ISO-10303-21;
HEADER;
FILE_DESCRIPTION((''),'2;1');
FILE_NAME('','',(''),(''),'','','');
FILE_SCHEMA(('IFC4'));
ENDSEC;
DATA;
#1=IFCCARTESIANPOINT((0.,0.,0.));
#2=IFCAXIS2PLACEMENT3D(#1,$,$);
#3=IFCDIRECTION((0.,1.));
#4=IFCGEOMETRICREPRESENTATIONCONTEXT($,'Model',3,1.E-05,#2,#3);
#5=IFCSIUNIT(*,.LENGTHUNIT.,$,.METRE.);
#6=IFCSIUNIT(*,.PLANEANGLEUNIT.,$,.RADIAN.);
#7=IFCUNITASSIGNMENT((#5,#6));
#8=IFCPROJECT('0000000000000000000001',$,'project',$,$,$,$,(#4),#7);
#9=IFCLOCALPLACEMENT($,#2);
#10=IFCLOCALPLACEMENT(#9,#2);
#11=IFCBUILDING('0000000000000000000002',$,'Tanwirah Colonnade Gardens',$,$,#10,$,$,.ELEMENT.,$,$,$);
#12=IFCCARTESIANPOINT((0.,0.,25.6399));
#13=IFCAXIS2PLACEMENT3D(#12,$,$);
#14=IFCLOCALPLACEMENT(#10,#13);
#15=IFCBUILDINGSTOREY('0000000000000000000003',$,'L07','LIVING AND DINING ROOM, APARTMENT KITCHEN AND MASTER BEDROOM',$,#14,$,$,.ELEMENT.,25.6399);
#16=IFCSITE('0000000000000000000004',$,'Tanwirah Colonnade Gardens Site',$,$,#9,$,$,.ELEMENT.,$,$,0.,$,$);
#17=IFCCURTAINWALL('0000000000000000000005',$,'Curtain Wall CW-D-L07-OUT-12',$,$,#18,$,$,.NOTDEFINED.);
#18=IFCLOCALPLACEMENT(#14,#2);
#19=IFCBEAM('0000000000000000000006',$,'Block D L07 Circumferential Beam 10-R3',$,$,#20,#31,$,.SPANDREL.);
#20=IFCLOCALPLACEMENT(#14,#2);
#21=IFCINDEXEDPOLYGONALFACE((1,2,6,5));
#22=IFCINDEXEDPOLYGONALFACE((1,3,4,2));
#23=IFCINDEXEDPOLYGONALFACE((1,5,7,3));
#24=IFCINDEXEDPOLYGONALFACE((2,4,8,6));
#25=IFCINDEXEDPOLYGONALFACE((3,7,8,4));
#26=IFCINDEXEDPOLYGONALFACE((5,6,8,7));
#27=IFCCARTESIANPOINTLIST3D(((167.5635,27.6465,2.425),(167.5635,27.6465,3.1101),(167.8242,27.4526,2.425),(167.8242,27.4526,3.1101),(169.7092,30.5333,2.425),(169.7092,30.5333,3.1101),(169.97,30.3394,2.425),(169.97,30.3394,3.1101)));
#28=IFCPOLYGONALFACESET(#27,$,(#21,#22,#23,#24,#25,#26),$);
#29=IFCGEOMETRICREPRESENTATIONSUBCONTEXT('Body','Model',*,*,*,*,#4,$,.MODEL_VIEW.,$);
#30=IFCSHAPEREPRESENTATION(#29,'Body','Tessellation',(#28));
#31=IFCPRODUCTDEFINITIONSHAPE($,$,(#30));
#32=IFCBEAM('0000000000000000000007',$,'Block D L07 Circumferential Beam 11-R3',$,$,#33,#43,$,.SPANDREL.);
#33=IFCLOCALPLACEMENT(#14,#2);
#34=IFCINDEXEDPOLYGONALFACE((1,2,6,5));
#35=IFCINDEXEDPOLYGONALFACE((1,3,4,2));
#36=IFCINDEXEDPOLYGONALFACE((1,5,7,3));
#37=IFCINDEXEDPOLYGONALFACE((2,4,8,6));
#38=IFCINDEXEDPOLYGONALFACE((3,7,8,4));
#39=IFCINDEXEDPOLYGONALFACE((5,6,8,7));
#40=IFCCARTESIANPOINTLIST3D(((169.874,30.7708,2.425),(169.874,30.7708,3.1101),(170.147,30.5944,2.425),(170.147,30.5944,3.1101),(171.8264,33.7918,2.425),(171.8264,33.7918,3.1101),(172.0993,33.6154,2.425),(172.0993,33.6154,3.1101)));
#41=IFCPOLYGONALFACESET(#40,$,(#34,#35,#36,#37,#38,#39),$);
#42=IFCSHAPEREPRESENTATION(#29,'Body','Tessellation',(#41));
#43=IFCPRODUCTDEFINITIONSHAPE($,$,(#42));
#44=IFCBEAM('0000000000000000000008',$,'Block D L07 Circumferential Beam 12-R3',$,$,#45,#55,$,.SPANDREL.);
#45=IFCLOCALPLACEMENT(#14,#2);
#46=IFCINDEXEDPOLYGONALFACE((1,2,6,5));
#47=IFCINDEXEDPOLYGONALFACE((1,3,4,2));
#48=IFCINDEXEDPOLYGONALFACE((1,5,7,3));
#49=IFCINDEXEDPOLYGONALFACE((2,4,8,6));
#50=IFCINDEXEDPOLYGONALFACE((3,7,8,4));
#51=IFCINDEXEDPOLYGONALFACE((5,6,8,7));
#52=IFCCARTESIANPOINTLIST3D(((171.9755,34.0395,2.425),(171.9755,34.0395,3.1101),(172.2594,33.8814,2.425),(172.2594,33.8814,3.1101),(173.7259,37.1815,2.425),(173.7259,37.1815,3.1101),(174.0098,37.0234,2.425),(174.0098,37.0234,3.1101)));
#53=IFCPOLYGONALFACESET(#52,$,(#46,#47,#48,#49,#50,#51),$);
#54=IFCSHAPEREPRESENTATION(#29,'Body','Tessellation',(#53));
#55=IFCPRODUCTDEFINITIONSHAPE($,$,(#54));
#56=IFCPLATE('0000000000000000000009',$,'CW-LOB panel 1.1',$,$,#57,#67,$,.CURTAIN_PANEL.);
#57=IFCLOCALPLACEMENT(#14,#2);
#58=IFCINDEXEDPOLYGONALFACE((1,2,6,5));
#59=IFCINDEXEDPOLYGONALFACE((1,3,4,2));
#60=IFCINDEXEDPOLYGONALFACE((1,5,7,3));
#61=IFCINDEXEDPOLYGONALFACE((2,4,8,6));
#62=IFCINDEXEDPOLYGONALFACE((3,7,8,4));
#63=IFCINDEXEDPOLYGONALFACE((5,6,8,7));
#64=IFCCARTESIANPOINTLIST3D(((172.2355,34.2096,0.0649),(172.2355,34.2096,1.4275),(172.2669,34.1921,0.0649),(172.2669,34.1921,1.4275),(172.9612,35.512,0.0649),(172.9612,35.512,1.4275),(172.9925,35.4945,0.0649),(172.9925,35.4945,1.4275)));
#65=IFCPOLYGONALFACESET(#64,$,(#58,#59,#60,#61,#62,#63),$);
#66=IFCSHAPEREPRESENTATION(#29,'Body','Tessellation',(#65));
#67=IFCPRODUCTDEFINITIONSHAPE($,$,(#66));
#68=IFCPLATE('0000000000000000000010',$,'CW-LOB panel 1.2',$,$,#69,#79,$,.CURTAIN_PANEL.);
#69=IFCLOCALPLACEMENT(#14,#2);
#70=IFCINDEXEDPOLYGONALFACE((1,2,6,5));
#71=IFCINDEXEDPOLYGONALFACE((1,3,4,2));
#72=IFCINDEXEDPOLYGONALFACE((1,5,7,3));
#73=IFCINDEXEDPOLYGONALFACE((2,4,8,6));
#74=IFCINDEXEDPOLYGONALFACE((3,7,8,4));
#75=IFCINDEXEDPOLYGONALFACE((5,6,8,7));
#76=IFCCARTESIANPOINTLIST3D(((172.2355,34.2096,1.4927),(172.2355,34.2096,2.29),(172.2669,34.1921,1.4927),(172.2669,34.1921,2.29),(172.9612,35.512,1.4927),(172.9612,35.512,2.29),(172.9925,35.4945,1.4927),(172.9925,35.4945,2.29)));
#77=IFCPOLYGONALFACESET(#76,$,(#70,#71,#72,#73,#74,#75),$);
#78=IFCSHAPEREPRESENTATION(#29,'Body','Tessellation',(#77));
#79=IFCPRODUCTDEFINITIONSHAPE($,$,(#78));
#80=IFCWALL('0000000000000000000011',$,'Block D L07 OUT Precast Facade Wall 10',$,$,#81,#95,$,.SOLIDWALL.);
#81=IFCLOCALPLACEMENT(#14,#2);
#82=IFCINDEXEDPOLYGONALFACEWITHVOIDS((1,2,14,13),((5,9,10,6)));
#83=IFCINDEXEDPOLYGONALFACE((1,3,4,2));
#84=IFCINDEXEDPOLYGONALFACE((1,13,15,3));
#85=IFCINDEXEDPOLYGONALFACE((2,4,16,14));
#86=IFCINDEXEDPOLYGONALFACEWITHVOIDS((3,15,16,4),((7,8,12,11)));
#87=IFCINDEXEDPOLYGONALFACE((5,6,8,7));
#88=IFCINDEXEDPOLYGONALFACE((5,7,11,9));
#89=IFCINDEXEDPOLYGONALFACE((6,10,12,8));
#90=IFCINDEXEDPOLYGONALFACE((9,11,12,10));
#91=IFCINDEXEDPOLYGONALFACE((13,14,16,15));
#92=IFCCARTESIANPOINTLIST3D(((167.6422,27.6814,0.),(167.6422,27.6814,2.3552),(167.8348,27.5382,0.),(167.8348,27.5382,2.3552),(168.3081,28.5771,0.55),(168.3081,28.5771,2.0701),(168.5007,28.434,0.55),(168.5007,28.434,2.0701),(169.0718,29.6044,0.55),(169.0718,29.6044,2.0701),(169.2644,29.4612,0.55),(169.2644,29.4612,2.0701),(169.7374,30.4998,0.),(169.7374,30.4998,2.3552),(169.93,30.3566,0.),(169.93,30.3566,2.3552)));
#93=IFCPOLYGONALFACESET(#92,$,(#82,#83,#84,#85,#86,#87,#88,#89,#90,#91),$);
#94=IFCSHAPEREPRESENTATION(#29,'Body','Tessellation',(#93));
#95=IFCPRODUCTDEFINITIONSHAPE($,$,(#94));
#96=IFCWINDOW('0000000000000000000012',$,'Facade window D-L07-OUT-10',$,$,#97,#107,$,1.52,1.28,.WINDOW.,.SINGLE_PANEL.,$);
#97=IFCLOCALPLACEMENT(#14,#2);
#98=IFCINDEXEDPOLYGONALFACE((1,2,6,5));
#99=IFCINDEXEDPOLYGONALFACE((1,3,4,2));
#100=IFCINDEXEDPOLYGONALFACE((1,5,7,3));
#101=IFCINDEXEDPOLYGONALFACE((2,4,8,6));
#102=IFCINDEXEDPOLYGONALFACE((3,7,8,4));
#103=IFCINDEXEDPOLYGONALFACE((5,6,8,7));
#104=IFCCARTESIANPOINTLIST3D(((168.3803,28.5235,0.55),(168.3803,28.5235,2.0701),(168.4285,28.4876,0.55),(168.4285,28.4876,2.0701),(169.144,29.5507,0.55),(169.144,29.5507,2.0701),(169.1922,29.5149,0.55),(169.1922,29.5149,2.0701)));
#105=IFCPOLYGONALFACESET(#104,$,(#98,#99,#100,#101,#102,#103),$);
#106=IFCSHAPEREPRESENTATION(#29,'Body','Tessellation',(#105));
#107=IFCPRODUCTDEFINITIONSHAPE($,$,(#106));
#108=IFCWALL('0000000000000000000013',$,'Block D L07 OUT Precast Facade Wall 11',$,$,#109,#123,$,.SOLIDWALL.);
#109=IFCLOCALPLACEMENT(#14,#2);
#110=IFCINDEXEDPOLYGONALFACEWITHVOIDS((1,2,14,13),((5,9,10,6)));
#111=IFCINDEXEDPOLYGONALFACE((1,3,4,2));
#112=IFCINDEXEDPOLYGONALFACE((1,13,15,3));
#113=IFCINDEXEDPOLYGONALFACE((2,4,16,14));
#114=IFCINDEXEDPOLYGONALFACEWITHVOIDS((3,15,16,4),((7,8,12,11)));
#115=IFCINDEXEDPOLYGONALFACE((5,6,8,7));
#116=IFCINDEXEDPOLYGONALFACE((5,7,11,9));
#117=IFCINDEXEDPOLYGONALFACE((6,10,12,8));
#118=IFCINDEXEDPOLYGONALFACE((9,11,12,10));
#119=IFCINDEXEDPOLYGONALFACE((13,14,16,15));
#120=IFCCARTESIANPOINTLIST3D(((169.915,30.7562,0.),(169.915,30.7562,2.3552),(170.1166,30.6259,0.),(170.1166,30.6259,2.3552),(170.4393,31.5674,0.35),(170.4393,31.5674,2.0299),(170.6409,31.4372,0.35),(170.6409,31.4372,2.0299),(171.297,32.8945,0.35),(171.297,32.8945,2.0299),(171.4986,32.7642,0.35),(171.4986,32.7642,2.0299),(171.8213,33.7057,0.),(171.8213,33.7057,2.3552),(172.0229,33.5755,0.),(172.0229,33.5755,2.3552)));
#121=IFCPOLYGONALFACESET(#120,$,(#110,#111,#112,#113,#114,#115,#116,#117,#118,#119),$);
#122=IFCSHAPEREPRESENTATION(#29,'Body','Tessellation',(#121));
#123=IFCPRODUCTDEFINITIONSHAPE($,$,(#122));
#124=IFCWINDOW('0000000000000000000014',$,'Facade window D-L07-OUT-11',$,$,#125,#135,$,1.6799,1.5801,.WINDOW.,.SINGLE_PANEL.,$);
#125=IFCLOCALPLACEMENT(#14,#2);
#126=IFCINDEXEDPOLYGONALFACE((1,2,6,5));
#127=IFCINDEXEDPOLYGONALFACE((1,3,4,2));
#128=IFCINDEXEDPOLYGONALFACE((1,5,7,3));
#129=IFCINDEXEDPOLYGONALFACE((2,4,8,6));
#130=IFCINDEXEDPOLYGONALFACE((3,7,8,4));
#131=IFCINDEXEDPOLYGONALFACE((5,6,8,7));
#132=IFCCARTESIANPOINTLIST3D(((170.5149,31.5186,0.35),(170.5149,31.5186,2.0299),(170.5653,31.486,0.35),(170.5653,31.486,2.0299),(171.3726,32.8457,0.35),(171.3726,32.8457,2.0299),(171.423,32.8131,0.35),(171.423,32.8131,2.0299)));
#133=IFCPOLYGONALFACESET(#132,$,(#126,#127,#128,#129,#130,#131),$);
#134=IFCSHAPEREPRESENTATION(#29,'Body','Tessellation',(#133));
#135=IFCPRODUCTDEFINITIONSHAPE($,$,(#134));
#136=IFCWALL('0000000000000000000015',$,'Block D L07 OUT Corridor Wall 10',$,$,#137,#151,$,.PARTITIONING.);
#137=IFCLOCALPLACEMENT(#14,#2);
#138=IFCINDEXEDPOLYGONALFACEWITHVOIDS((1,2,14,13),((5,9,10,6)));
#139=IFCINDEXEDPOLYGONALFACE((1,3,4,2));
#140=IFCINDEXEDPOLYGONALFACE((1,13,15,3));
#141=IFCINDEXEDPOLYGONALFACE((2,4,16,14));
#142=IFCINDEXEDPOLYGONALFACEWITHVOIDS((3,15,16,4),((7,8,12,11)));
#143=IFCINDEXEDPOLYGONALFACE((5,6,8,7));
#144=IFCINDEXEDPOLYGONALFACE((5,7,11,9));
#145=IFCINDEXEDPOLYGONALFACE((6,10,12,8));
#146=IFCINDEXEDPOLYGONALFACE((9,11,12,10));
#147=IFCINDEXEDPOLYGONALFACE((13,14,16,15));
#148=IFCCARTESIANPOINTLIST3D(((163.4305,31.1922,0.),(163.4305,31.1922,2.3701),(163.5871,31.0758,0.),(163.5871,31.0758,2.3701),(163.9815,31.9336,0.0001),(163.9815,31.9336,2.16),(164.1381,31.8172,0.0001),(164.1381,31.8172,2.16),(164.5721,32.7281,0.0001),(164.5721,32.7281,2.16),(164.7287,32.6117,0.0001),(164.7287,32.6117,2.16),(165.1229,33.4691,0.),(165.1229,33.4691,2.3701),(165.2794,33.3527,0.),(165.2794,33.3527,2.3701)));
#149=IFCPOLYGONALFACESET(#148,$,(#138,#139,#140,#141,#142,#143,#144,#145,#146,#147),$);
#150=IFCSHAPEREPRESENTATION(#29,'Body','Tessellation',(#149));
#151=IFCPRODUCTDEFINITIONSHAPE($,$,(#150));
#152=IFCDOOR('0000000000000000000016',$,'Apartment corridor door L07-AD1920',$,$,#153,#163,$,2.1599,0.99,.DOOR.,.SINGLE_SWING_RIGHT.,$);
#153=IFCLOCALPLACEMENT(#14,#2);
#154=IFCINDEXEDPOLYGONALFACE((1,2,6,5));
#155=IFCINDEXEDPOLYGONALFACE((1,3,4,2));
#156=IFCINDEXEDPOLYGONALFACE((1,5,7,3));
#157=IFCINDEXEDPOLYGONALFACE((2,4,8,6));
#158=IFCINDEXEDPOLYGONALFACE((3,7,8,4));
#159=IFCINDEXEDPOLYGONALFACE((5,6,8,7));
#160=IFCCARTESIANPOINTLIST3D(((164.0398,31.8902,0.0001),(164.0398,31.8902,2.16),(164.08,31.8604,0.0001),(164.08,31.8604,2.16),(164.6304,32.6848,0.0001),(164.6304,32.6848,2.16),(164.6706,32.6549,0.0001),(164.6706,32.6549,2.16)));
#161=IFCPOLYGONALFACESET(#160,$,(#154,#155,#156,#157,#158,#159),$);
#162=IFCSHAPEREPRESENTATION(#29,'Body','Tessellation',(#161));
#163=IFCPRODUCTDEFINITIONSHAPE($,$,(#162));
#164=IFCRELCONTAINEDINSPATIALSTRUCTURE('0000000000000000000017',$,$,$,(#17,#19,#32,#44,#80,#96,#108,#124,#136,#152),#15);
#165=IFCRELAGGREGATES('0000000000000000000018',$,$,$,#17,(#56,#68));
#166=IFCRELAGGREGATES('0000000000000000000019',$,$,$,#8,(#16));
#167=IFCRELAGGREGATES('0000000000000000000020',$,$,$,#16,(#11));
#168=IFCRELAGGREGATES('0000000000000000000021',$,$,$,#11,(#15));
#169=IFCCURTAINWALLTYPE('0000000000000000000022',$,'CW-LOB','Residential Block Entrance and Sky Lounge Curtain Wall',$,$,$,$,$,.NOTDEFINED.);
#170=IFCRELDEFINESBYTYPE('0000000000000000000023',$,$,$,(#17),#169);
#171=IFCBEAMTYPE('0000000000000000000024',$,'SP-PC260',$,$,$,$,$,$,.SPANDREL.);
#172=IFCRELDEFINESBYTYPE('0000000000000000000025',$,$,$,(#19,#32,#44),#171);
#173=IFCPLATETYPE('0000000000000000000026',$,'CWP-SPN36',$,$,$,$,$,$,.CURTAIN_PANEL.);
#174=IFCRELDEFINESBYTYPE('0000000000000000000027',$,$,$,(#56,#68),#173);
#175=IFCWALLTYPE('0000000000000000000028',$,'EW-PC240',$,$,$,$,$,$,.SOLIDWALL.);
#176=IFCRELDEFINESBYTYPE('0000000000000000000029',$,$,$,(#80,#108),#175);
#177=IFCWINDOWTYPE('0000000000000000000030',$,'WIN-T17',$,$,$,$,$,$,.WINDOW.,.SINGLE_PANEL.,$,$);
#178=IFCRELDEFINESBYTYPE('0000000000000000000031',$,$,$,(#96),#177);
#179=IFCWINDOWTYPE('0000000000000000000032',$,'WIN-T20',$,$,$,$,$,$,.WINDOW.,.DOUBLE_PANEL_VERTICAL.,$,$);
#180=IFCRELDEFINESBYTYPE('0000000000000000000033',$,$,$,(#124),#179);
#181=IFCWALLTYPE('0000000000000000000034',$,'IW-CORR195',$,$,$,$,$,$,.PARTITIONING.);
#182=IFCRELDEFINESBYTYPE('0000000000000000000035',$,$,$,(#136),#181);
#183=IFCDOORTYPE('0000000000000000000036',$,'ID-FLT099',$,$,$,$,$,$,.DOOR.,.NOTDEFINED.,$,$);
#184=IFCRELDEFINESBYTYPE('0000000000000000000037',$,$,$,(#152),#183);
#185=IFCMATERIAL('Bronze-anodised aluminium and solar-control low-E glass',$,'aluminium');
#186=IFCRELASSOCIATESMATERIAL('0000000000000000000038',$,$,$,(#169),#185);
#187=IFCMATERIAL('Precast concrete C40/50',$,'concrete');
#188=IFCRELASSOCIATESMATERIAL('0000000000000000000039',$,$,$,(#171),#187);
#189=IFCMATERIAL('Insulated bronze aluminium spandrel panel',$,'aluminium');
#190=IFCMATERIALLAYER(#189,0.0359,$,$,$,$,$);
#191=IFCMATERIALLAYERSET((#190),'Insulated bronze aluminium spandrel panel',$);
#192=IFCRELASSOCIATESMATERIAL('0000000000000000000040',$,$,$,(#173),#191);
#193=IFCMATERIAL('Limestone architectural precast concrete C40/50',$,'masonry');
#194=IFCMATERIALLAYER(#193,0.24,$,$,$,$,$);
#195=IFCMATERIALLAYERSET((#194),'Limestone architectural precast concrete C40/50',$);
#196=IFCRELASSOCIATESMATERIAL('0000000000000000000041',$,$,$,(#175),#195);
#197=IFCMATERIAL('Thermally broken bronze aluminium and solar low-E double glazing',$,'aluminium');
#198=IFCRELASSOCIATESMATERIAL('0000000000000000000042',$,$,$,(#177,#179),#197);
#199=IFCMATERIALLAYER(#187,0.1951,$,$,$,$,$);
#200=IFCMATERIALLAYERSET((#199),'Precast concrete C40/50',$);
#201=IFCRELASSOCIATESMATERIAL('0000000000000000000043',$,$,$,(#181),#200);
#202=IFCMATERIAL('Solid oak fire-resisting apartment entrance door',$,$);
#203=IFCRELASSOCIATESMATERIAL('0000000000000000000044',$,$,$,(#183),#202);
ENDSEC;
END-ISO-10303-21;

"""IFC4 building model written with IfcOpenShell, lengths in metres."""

from ifc_helpers import new_model, si_unit, direction, frame, frame_2d, origin, origin_2d, place, context, subcontext, project, spatial, rectangle, extrude, material, layer, layer_set, material_profile, profile_set, type_object, element, fill, aggregate, save


model = new_model("IFC4")

# Units and contexts
model_context = context("Model", 3, precision=1e-05, world=origin(), true_north=direction((0.0, 1.0)))
body_context = subcontext(model_context, "Body", "Model", "MODEL_VIEW")
ifc_project = project(units=[si_unit("LENGTHUNIT", "METRE"), si_unit("PLANEANGLEUNIT", "RADIAN")], contexts=[model_context])

# Site, building, storey
site_placement = place(None, origin())
site = spatial("IfcSite", under=ifc_project, at=site_placement, Name="Tanwirah Colonnade Gardens Site", CompositionType="ELEMENT", RefElevation=0.0)
building_placement = place(site_placement, origin())
building = spatial("IfcBuilding", under=site, at=building_placement, Name="Tanwirah Colonnade Gardens", CompositionType="ELEMENT")
storey_placement = place(building_placement, frame((0.0, 0.0, 25.6399)))
storey = spatial("IfcBuildingStorey", under=building, at=storey_placement, Name="L07", Description="LIVING AND DINING ROOM, APARTMENT KITCHEN AND MASTER BEDROOM", CompositionType="ELEMENT", Elevation=25.6399)

# Shared definitions
ifc_material_1 = material(Name="Precast concrete C40/50", Category="concrete")

# Curtain wall
ifc_material_2 = material(Name="Bronze-anodised aluminium and solar-control low-E glass", Category="aluminium")
curtain_wall_type = type_object("IfcCurtainWallType", Name="CW-LOB", Description="Residential Block Entrance and Sky Lounge Curtain Wall", PredefinedType="NOTDEFINED", material=ifc_material_2)
curtain_wall_placement = place(storey_placement, origin())
curtain_wall = element("IfcCurtainWall", 1, at=curtain_wall_placement, inside=storey, type_object=curtain_wall_type, Name="Curtain Wall CW-D-L07-OUT-12", PredefinedType="NOTDEFINED")

# Beams
ifc_material_profile_1 = material_profile(ifc_material_1, rectangle(XDim=0.325, YDim=0.6851, at=origin_2d()), Name="PC-SP 325x685")
ifc_profile_set_1 = profile_set([ifc_material_profile_1], Name="Precast concrete C40/50")
beam_type_1 = type_object("IfcBeamType", Name="SP-PC260", PredefinedType="SPANDREL", material=ifc_profile_set_1)
for number, where, z_axis, x_axis, name in (
    (2, (167.6938, 27.5496, 2.7676), (0.596563, 0.802566, 0.0), (-0.802566, 0.596563, 0.0), "Block D L07 Circumferential Beam 10-R3"),
    (3, (170.0105, 30.6826, 2.7676), (0.542787, 0.83987, 0.0), (-0.83987, 0.542787, 0.0), "Block D L07 Circumferential Beam 11-R3"),
):
    element("IfcBeam", number, at=place(storey_placement, frame(where, z_axis=z_axis, x_axis=x_axis)), inside=storey, type_object=beam_type_1, Name=name, PredefinedType="SPANDREL", context=body_context, shape_type="SweptSolid", body=[
        extrude(rectangle(XDim=0.325, YDim=0.6851, at=origin_2d()), origin(), (0.0, 0.0, 1.0), 3.5969),
    ])
beam_1_placement = place(storey_placement, frame((172.1174, 33.9604, 2.7676), z_axis=(0.48668, 0.87358, 0.0), x_axis=(-0.87358, 0.48668, 0.0)))
element("IfcBeam", 4, at=beam_1_placement, inside=storey, type_object=beam_type_1, Name="Block D L07 Circumferential Beam 12-R3", PredefinedType="SPANDREL", context=body_context, shape_type="SweptSolid", body=[
    extrude(rectangle(XDim=0.325, YDim=0.6851, at=origin_2d()), origin(), (0.0, 0.0, 1.0), 3.5967),
])

# Plates
ifc_material_3 = material(Name="Insulated bronze aluminium spandrel panel", Category="aluminium")
ifc_layer_1 = layer(ifc_material_3, 0.0359)
ifc_layer_set_1 = layer_set([ifc_layer_1], Name="Insulated bronze aluminium spandrel panel")
plate_type = type_object("IfcPlateType", Name="CWP-SPN36", PredefinedType="CURTAIN_PANEL", material=ifc_layer_set_1)
plate_1_placement = place(storey_placement, frame((172.614, 34.8521, 0.0649), z_axis=(0.0, 0.0, 1.0), x_axis=(0.486715, 0.873561, 0.0)))
plate_1 = element("IfcPlate", 5, at=plate_1_placement, type_object=plate_type, Name="CW-LOB panel 1.1", PredefinedType="CURTAIN_PANEL", context=body_context, shape_type="SweptSolid", body=[
    extrude(rectangle(XDim=1.491, YDim=0.0359, at=origin_2d()), origin(), (0.0, 0.0, 1.0), 1.3625),
])
plate_2_placement = place(storey_placement, frame((172.614, 34.8521, 1.4927), z_axis=(0.0, 0.0, 1.0), x_axis=(0.486715, 0.873561, 0.0)))
plate_2 = element("IfcPlate", 6, at=plate_2_placement, type_object=plate_type, Name="CW-LOB panel 1.2", PredefinedType="CURTAIN_PANEL", context=body_context, shape_type="SweptSolid", body=[
    extrude(rectangle(XDim=1.491, YDim=0.0359, at=origin_2d()), origin(), (0.0, 0.0, 1.0), 0.7974),
])
aggregate(curtain_wall, [plate_1, plate_2])

# Walls, openings, windows
ifc_material_4 = material(Name="Limestone architectural precast concrete C40/50", Category="masonry")
ifc_layer_2 = layer(ifc_material_4, 0.24)
ifc_layer_set_2 = layer_set([ifc_layer_2], Name="Limestone architectural precast concrete C40/50")
wall_type_1 = type_object("IfcWallType", Name="EW-PC240", PredefinedType="SOLIDWALL", material=ifc_layer_set_2)
wall_1_placement = place(storey_placement, frame((167.7385, 27.6099, 0.0), z_axis=(0.0, 0.0, 1.0), x_axis=(0.596613, 0.802529, 0.0)))
wall_1 = element("IfcWall", 7, at=wall_1_placement, inside=storey, type_object=wall_type_1, Name="Block D L07 OUT Precast Facade Wall 10", PredefinedType="SOLIDWALL", context=body_context, shape_type="SweptSolid", body=[
    extrude(rectangle(XDim=3.512, YDim=0.24, at=frame_2d((1.7559, 0.0))), origin(), (0.0, 0.0, 1.0), 2.3552),
])
opening_1_placement = place(wall_1_placement, frame((1.116, 0.0, 0.55)))
opening_1 = element("IfcOpeningElement", 8, at=opening_1_placement, cuts=wall_1, PredefinedType="OPENING", context=body_context, shape_type="SweptSolid", body=[
    extrude(rectangle(XDim=1.28, YDim=1.52, at=frame_2d((0.6401, 0.76))), frame((0.0, 0.1299, 0.0), z_axis=(0.0, -1.0, 0.0), x_axis=(1.0, 0.0, 0.0)), (0.0, 0.0, 1.0), 0.26),
])
ifc_material_5 = material(Name="Thermally broken bronze aluminium and solar low-E double glazing", Category="aluminium")
window_type_1 = type_object("IfcWindowType", Name="WIN-T17", PartitioningType="SINGLE_PANEL", PredefinedType="WINDOW", material=ifc_material_5)
window_1_placement = place(opening_1_placement, origin())
window_1 = element("IfcWindow", 9, at=window_1_placement, inside=storey, type_object=window_type_1, Name="Facade window D-L07-OUT-10", OverallHeight=1.52, OverallWidth=1.28, PartitioningType="SINGLE_PANEL", PredefinedType="WINDOW", context=body_context, shape_type="SweptSolid", body=[
    extrude(rectangle(XDim=1.28, YDim=1.52, at=frame_2d((0.6401, 0.76))), frame((0.0, 0.03, 0.0), z_axis=(0.0, -1.0, 0.0), x_axis=(1.0, 0.0, 0.0)), (0.0, 0.0, 1.0), 0.0601),
])
fill(opening_1, window_1)
wall_2_placement = place(storey_placement, frame((170.0159, 30.6912, 0.0), z_axis=(0.0, 0.0, 1.0), x_axis=(0.542804, 0.839859, 0.0)))
wall_2 = element("IfcWall", 10, at=wall_2_placement, inside=storey, type_object=wall_type_1, Name="Block D L07 OUT Precast Facade Wall 11", PredefinedType="SOLIDWALL", context=body_context, shape_type="SweptSolid", body=[
    extrude(rectangle(XDim=3.512, YDim=0.24, at=frame_2d((1.7559, 0.0))), origin(), (0.0, 0.0, 1.0), 2.3552),
])
opening_2_placement = place(wall_2_placement, frame((0.9658, 0.0, 0.3501)))
opening_2 = element("IfcOpeningElement", 11, at=opening_2_placement, cuts=wall_2, PredefinedType="OPENING", context=body_context, shape_type="SweptSolid", body=[
    extrude(rectangle(XDim=1.5801, YDim=1.6799, at=frame_2d((0.79, 0.8398))), frame((0.0, 0.1299, 0.0), z_axis=(0.0, -1.0, 0.0), x_axis=(1.0, 0.0, 0.0)), (0.0, 0.0, 1.0), 0.26),
])
window_type_2 = type_object("IfcWindowType", Name="WIN-T20", PartitioningType="DOUBLE_PANEL_VERTICAL", PredefinedType="WINDOW", material=ifc_material_5)
window_2_placement = place(opening_2_placement, origin())
window_2 = element("IfcWindow", 12, at=window_2_placement, inside=storey, type_object=window_type_2, Name="Facade window D-L07-OUT-11", OverallHeight=1.6799, OverallWidth=1.5801, PartitioningType="SINGLE_PANEL", PredefinedType="WINDOW", context=body_context, shape_type="SweptSolid", body=[
    extrude(rectangle(XDim=1.5801, YDim=1.6799, at=frame_2d((0.79, 0.8398))), frame((0.0, 0.03, 0.0), z_axis=(0.0, -1.0, 0.0), x_axis=(1.0, 0.0, 0.0)), (0.0, 0.0, 1.0), 0.0601),
])
fill(opening_2, window_2)

# Wall, opening, door
ifc_layer_3 = layer(ifc_material_1, 0.1951)
ifc_layer_set_3 = layer_set([ifc_layer_3], Name="Precast concrete C40/50")
wall_type_2 = type_object("IfcWallType", Name="IW-CORR195", PredefinedType="PARTITIONING", material=ifc_layer_set_3)
wall_3_placement = place(storey_placement, frame((163.5088, 31.134, 0.0), z_axis=(0.0, 0.0, 1.0), x_axis=(0.596552, 0.802574, 0.0)))
wall_3 = element("IfcWall", 13, at=wall_3_placement, inside=storey, type_object=wall_type_2, Name="Block D L07 OUT Corridor Wall 10", PredefinedType="PARTITIONING", context=body_context, shape_type="SweptSolid", body=[
    extrude(rectangle(XDim=2.8369, YDim=0.1951, at=frame_2d((1.4185, 0.0))), origin(), (0.0, 0.0, 1.0), 2.3701),
])
opening_3_placement = place(wall_3_placement, frame((0.9236, 0.0, 0.0)))
opening_3 = element("IfcOpeningElement", 14, at=opening_3_placement, cuts=wall_3, PredefinedType="OPENING", context=body_context, shape_type="SweptSolid", body=[
    extrude(rectangle(XDim=0.99, YDim=2.1599, at=frame_2d((0.4951, 1.0801))), frame((0.0, 0.1074, 0.0), z_axis=(0.0, -1.0, 0.0), x_axis=(1.0, 0.0, 0.0)), (0.0, 0.0, 1.0), 0.2151),
])
ifc_material_6 = material(Name="Solid oak fire-resisting apartment entrance door")
door_type_1 = type_object("IfcDoorType", Name="ID-FLT099", OperationType="NOTDEFINED", PredefinedType="DOOR", material=ifc_material_6)
door_1_placement = place(opening_3_placement, origin())
door_1 = element("IfcDoor", 15, at=door_1_placement, inside=storey, type_object=door_type_1, Name="Apartment corridor door L07-AD1920", OperationType="SINGLE_SWING_RIGHT", OverallHeight=2.1599, OverallWidth=0.99, PredefinedType="DOOR", context=body_context, shape_type="SweptSolid", body=[
    extrude(rectangle(XDim=0.99, YDim=2.1599, at=frame_2d((0.4951, 1.0801))), frame((0.0, 0.0249, 0.0), z_axis=(0.0, -1.0, 0.0), x_axis=(1.0, 0.0, 0.0)), (0.0, 0.0, 1.0), 0.05),
])
fill(opening_3, door_1)

save(model, "model.ifc")
